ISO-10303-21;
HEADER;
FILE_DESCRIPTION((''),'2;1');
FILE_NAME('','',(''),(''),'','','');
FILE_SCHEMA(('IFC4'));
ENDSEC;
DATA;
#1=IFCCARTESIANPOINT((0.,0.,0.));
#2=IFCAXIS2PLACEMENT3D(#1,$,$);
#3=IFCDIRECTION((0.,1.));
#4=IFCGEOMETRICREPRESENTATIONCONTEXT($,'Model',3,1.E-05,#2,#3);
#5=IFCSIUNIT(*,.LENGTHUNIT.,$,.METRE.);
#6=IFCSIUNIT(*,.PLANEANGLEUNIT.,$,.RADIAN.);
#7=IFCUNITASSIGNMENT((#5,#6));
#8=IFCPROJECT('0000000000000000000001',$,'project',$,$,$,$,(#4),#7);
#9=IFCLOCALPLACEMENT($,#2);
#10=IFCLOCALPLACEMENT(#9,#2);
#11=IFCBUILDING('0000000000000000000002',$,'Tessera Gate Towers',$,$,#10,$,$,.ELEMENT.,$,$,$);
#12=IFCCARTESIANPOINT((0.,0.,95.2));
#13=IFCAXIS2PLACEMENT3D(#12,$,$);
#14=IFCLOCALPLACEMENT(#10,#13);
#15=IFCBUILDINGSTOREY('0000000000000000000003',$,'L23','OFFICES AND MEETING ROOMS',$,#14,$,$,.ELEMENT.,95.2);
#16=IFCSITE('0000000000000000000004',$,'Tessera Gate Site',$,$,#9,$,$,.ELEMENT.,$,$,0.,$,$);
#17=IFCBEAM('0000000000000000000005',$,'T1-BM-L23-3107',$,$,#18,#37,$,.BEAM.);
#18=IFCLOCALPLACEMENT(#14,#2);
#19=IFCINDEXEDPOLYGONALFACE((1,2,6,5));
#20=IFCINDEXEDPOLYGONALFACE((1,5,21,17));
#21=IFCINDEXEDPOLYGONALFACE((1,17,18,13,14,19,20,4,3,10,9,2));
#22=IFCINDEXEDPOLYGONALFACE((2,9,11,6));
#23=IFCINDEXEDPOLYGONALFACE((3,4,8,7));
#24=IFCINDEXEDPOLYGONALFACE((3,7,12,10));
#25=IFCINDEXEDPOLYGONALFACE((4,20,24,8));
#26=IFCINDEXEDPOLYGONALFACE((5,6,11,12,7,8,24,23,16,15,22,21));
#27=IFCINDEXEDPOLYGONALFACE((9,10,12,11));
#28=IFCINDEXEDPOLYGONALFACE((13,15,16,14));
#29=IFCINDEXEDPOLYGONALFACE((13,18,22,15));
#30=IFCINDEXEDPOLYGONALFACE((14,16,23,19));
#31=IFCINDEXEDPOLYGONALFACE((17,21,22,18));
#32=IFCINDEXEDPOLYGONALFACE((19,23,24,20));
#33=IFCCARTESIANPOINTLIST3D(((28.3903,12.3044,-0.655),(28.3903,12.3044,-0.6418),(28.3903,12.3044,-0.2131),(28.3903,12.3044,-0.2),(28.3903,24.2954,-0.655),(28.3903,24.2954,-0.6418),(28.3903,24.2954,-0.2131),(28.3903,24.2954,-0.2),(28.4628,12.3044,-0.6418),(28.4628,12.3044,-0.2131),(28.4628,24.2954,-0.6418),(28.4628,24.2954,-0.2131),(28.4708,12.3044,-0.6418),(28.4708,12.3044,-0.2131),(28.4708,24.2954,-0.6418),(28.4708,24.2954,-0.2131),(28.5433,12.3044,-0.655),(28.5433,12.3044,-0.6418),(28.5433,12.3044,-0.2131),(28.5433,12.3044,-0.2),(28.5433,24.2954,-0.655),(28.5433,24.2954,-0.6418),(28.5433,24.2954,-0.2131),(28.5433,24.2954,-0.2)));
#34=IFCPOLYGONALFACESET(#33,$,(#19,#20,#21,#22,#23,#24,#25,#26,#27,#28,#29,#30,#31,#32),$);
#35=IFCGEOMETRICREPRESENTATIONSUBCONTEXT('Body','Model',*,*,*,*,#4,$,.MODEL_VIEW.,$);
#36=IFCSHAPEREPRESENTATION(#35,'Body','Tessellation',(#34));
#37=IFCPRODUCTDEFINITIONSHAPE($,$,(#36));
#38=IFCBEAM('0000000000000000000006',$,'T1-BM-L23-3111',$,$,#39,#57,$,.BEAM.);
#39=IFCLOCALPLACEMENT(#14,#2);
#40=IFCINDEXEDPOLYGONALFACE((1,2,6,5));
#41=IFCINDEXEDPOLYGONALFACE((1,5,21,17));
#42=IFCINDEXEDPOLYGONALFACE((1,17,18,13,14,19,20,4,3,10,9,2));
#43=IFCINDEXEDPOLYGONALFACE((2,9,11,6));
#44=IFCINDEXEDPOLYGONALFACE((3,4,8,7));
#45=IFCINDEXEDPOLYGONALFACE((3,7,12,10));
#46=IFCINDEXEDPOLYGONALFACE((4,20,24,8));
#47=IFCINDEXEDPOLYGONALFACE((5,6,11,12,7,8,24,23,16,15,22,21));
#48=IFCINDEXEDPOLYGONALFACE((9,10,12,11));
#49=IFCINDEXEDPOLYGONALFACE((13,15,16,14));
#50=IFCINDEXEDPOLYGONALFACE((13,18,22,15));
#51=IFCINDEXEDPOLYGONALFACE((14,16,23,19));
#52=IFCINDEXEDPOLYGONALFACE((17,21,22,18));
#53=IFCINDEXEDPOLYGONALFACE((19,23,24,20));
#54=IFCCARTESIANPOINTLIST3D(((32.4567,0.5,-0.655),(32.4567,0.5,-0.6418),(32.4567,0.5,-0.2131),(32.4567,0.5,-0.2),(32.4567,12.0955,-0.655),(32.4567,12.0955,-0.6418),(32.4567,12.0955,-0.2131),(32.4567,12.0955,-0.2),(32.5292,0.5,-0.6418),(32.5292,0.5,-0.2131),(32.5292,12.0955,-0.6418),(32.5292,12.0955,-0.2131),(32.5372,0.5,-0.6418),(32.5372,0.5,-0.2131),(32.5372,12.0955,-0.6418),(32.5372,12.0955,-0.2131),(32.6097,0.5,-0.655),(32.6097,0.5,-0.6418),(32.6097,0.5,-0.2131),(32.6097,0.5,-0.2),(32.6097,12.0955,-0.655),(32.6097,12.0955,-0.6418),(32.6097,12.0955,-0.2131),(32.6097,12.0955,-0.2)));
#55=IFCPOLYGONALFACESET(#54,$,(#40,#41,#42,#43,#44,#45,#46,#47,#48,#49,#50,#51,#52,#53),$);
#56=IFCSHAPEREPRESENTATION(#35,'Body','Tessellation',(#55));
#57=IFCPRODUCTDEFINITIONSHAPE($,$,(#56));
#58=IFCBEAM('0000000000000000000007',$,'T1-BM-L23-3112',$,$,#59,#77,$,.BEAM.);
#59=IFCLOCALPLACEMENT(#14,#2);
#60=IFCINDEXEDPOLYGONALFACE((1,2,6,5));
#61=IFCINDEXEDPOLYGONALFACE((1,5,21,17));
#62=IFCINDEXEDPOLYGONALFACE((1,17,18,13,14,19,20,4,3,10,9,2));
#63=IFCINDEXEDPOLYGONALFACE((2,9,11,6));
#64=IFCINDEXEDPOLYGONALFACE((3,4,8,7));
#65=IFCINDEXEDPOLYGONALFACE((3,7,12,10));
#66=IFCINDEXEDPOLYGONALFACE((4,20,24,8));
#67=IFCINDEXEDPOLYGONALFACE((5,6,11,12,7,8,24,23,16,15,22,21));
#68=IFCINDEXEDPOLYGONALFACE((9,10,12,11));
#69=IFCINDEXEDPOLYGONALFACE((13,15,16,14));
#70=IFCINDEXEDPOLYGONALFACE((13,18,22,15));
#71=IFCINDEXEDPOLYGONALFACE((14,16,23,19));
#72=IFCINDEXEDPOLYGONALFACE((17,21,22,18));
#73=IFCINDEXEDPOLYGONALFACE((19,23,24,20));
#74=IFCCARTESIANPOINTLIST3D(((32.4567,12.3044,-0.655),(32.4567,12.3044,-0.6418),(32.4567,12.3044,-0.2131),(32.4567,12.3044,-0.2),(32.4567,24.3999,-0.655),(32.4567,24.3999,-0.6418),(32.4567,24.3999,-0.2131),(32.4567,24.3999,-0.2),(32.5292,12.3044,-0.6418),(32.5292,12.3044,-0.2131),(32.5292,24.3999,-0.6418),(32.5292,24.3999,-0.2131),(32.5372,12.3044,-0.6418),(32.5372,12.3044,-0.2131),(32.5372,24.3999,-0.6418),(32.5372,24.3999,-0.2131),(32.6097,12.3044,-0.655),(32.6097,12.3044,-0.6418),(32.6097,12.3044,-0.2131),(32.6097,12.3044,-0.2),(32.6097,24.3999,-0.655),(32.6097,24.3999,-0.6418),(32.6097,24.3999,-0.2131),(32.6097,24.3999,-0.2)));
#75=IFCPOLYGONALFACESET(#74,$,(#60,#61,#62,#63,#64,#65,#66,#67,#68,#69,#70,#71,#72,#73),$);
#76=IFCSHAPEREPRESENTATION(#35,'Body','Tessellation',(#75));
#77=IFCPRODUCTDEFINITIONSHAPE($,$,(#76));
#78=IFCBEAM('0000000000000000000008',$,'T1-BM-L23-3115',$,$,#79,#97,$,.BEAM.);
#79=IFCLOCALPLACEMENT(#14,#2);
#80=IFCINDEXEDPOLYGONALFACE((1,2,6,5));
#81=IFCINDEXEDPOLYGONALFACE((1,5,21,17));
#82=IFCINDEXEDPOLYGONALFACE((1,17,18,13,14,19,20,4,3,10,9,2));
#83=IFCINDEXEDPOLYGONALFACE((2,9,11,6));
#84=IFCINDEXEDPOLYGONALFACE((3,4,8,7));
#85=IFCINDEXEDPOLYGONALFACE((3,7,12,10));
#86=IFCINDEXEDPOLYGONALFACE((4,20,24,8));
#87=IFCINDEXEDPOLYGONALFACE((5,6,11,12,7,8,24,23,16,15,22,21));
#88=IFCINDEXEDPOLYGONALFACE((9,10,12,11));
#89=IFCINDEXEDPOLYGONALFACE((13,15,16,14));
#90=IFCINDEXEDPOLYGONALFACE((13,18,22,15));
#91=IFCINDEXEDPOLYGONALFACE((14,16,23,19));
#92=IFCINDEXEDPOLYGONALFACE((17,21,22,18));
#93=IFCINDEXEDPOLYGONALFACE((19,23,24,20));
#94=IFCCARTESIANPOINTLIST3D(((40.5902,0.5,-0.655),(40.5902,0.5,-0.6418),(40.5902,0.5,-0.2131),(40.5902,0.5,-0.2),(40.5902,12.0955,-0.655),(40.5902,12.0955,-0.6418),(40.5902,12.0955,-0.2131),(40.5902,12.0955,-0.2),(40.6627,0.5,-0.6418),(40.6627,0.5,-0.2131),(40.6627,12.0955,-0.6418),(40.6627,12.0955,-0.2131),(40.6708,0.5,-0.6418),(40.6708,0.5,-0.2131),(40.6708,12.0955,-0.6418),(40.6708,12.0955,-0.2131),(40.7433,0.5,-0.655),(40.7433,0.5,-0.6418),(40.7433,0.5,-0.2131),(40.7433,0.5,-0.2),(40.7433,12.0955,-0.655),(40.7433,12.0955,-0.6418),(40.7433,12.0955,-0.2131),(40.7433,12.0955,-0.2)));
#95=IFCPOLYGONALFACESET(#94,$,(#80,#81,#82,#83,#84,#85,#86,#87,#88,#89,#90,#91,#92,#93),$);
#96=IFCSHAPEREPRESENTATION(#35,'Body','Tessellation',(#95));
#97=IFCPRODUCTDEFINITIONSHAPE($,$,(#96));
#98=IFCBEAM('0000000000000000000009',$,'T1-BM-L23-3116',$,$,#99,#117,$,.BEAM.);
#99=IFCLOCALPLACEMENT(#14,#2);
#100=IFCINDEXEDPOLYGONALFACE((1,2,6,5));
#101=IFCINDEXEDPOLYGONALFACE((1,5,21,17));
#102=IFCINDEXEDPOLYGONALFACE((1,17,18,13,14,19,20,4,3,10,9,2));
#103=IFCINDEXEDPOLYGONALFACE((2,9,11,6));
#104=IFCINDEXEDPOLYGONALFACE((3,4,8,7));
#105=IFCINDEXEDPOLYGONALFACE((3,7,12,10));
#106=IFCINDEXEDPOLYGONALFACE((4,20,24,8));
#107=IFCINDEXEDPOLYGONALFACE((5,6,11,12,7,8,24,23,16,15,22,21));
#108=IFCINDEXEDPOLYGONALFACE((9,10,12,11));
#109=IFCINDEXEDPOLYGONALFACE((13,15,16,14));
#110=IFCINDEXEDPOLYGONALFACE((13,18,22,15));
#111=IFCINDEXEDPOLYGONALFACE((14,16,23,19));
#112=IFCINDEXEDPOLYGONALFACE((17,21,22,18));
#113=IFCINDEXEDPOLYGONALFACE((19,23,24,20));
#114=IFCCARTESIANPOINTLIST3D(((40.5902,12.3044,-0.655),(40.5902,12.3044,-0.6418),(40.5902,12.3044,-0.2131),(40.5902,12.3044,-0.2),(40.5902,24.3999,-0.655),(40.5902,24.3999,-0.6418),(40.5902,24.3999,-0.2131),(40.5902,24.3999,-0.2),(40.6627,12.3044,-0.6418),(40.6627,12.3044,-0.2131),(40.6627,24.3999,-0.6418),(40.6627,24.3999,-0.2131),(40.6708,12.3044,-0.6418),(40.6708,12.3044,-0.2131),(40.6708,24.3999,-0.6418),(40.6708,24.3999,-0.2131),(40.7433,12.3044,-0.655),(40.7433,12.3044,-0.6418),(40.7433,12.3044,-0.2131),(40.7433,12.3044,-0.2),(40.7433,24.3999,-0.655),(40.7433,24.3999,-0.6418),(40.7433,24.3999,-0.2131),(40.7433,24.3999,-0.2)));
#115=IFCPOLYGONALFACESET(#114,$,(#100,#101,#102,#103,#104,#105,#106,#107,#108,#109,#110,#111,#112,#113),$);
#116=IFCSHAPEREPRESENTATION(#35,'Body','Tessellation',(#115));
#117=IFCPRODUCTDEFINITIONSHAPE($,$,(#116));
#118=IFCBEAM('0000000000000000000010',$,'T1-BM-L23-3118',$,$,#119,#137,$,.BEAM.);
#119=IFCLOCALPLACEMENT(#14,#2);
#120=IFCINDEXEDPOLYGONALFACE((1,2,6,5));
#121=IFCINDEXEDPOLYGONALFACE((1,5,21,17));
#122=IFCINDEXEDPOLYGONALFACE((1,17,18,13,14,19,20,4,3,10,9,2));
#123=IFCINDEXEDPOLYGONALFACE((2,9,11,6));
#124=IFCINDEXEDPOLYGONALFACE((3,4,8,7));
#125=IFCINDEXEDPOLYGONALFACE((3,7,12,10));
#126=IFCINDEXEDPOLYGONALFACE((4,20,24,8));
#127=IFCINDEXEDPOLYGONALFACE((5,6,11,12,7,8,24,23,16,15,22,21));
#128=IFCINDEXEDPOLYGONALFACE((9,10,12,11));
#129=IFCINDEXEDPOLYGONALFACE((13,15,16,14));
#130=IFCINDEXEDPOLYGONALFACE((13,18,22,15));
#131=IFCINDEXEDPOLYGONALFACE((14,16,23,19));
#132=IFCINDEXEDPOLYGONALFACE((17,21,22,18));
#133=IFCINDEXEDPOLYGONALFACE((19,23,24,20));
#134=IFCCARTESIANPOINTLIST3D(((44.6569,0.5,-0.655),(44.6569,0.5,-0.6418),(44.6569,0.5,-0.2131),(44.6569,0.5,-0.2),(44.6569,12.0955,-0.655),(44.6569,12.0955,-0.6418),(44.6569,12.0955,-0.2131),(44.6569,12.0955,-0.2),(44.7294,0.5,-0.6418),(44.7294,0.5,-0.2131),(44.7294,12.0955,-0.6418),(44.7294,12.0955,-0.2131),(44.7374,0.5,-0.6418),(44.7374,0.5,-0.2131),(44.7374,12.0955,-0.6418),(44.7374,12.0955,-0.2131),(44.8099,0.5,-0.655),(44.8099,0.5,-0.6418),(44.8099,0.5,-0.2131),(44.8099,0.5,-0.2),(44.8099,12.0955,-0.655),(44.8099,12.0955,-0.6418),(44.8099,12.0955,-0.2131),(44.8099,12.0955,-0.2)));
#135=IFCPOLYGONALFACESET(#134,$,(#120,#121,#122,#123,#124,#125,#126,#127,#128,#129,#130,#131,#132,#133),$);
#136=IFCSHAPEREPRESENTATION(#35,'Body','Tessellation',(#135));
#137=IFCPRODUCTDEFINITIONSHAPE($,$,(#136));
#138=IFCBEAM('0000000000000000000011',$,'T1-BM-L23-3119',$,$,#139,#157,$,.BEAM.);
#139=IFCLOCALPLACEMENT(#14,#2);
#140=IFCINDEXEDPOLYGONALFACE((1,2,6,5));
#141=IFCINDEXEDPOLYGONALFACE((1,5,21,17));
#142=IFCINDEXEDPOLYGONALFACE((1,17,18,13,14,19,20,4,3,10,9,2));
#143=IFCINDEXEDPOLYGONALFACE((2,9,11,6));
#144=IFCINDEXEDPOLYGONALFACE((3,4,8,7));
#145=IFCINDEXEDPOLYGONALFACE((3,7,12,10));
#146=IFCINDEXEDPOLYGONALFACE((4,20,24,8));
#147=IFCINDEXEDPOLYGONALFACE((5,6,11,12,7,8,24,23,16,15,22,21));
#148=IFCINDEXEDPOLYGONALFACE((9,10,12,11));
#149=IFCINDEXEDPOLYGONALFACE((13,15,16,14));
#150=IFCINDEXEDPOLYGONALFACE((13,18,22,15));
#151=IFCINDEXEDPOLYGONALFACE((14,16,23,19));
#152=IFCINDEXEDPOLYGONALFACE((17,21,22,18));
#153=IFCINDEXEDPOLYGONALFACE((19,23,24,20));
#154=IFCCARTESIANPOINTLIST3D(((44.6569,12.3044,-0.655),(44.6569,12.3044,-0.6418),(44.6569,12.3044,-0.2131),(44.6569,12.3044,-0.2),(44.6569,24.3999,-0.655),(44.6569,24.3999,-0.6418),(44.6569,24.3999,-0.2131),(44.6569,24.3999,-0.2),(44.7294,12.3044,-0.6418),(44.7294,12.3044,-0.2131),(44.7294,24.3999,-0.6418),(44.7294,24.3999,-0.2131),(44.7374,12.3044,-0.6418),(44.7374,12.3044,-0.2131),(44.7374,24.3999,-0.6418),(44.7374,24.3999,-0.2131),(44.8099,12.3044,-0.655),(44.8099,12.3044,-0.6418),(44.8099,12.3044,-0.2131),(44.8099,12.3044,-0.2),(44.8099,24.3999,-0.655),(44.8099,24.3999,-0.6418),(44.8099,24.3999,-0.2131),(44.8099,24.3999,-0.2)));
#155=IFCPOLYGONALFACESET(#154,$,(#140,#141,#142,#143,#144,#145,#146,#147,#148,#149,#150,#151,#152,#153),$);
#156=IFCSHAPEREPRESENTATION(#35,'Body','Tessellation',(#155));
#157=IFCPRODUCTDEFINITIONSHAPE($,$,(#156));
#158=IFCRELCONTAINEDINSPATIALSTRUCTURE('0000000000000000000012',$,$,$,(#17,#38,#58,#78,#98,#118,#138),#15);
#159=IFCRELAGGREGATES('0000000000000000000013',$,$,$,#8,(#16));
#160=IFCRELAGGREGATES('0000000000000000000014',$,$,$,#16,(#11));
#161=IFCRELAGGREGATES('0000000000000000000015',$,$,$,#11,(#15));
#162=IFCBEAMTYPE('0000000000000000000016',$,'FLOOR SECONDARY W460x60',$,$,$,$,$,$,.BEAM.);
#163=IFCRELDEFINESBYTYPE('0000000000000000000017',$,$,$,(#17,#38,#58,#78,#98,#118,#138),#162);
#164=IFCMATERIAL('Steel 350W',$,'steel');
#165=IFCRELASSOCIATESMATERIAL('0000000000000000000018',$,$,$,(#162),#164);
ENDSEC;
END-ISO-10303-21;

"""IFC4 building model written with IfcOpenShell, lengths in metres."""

from ifc_helpers import new_model, si_unit, direction, frame, origin, origin_2d, place, context, subcontext, project, spatial, i_section, extrude, material, material_profile, profile_set, type_object, element, save


model = new_model("IFC4")

# Units and contexts
model_context = context("Model", 3, precision=1e-05, world=origin(), true_north=direction((0.0, 1.0)))
body_context = subcontext(model_context, "Body", "Model", "MODEL_VIEW")
ifc_project = project(units=[si_unit("LENGTHUNIT", "METRE"), si_unit("PLANEANGLEUNIT", "RADIAN")], contexts=[model_context])

# Site, building, storey
site_placement = place(None, origin())
site = spatial("IfcSite", under=ifc_project, at=site_placement, Name="Tessera Gate Site", CompositionType="ELEMENT", RefElevation=0.0)
building_placement = place(site_placement, origin())
building = spatial("IfcBuilding", under=site, at=building_placement, Name="Tessera Gate Towers", CompositionType="ELEMENT")
storey_placement = place(building_placement, frame((0.0, 0.0, 95.2)))
storey = spatial("IfcBuildingStorey", under=building, at=storey_placement, Name="L23", Description="OFFICES AND MEETING ROOMS", CompositionType="ELEMENT", Elevation=95.2)

# Beams
ifc_material_1 = material(Name="Steel 350W", Category="steel")
ifc_material_profile_1 = material_profile(ifc_material_1, i_section(OverallWidth=0.1531, OverallDepth=0.4551, WebThickness=0.0081, FlangeThickness=0.0132, at=origin_2d()), Name="W460x60")
ifc_profile_set_1 = profile_set([ifc_material_profile_1], Name="Steel 350W")
beam_type_1 = type_object("IfcBeamType", Name="FLOOR SECONDARY W460x60", PredefinedType="BEAM", material=ifc_profile_set_1)
beam_1_placement = place(storey_placement, frame((28.4668, 12.3044, -0.4275), z_axis=(0.0, 1.0, 0.0), x_axis=(-1.0, 0.0, 0.0)))
element("IfcBeam", 1, at=beam_1_placement, inside=storey, type_object=beam_type_1, Name="T1-BM-L23-3107", PredefinedType="BEAM", context=body_context, shape_type="SweptSolid", body=[
    extrude(i_section(OverallWidth=0.1531, OverallDepth=0.4551, WebThickness=0.0081, FlangeThickness=0.0132, at=origin_2d()), origin(), (0.0, 0.0, 1.0), 11.991),
])
beam_2_placement = place(storey_placement, frame((32.5332, 0.5, -0.4275), z_axis=(0.0, 1.0, 0.0), x_axis=(-1.0, 0.0, 0.0)))
element("IfcBeam", 2, at=beam_2_placement, inside=storey, type_object=beam_type_1, Name="T1-BM-L23-3111", PredefinedType="BEAM", context=body_context, shape_type="SweptSolid", body=[
    extrude(i_section(OverallWidth=0.1531, OverallDepth=0.4551, WebThickness=0.0081, FlangeThickness=0.0132, at=origin_2d()), origin(), (0.0, 0.0, 1.0), 11.5955),
])
beam_3_placement = place(storey_placement, frame((32.5332, 12.3044, -0.4275), z_axis=(0.0, 1.0, 0.0), x_axis=(-1.0, 0.0, 0.0)))
element("IfcBeam", 3, at=beam_3_placement, inside=storey, type_object=beam_type_1, Name="T1-BM-L23-3112", PredefinedType="BEAM", context=body_context, shape_type="SweptSolid", body=[
    extrude(i_section(OverallWidth=0.1531, OverallDepth=0.4551, WebThickness=0.0081, FlangeThickness=0.0132, at=origin_2d()), origin(), (0.0, 0.0, 1.0), 12.0955),
])
beam_4_placement = place(storey_placement, frame((40.6667, 0.5, -0.4275), z_axis=(0.0, 1.0, 0.0), x_axis=(-1.0, 0.0, 0.0)))
element("IfcBeam", 4, at=beam_4_placement, inside=storey, type_object=beam_type_1, Name="T1-BM-L23-3115", PredefinedType="BEAM", context=body_context, shape_type="SweptSolid", body=[
    extrude(i_section(OverallWidth=0.1531, OverallDepth=0.4551, WebThickness=0.0081, FlangeThickness=0.0132, at=origin_2d()), origin(), (0.0, 0.0, 1.0), 11.5955),
])
beam_5_placement = place(storey_placement, frame((40.6667, 12.3044, -0.4275), z_axis=(0.0, 1.0, 0.0), x_axis=(-1.0, 0.0, 0.0)))
element("IfcBeam", 5, at=beam_5_placement, inside=storey, type_object=beam_type_1, Name="T1-BM-L23-3116", PredefinedType="BEAM", context=body_context, shape_type="SweptSolid", body=[
    extrude(i_section(OverallWidth=0.1531, OverallDepth=0.4551, WebThickness=0.0081, FlangeThickness=0.0132, at=origin_2d()), origin(), (0.0, 0.0, 1.0), 12.0955),
])
beam_6_placement = place(storey_placement, frame((44.7334, 0.5, -0.4275), z_axis=(0.0, 1.0, 0.0), x_axis=(-1.0, 0.0, 0.0)))
element("IfcBeam", 6, at=beam_6_placement, inside=storey, type_object=beam_type_1, Name="T1-BM-L23-3118", PredefinedType="BEAM", context=body_context, shape_type="SweptSolid", body=[
    extrude(i_section(OverallWidth=0.1531, OverallDepth=0.4551, WebThickness=0.0081, FlangeThickness=0.0132, at=origin_2d()), origin(), (0.0, 0.0, 1.0), 11.5955),
])
beam_7_placement = place(storey_placement, frame((44.7334, 12.3044, -0.4275), z_axis=(0.0, 1.0, 0.0), x_axis=(-1.0, 0.0, 0.0)))
element("IfcBeam", 7, at=beam_7_placement, inside=storey, type_object=beam_type_1, Name="T1-BM-L23-3119", PredefinedType="BEAM", context=body_context, shape_type="SweptSolid", body=[
    extrude(i_section(OverallWidth=0.1531, OverallDepth=0.4551, WebThickness=0.0081, FlangeThickness=0.0132, at=origin_2d()), origin(), (0.0, 0.0, 1.0), 12.0955),
])

save(model, "model.ifc")
